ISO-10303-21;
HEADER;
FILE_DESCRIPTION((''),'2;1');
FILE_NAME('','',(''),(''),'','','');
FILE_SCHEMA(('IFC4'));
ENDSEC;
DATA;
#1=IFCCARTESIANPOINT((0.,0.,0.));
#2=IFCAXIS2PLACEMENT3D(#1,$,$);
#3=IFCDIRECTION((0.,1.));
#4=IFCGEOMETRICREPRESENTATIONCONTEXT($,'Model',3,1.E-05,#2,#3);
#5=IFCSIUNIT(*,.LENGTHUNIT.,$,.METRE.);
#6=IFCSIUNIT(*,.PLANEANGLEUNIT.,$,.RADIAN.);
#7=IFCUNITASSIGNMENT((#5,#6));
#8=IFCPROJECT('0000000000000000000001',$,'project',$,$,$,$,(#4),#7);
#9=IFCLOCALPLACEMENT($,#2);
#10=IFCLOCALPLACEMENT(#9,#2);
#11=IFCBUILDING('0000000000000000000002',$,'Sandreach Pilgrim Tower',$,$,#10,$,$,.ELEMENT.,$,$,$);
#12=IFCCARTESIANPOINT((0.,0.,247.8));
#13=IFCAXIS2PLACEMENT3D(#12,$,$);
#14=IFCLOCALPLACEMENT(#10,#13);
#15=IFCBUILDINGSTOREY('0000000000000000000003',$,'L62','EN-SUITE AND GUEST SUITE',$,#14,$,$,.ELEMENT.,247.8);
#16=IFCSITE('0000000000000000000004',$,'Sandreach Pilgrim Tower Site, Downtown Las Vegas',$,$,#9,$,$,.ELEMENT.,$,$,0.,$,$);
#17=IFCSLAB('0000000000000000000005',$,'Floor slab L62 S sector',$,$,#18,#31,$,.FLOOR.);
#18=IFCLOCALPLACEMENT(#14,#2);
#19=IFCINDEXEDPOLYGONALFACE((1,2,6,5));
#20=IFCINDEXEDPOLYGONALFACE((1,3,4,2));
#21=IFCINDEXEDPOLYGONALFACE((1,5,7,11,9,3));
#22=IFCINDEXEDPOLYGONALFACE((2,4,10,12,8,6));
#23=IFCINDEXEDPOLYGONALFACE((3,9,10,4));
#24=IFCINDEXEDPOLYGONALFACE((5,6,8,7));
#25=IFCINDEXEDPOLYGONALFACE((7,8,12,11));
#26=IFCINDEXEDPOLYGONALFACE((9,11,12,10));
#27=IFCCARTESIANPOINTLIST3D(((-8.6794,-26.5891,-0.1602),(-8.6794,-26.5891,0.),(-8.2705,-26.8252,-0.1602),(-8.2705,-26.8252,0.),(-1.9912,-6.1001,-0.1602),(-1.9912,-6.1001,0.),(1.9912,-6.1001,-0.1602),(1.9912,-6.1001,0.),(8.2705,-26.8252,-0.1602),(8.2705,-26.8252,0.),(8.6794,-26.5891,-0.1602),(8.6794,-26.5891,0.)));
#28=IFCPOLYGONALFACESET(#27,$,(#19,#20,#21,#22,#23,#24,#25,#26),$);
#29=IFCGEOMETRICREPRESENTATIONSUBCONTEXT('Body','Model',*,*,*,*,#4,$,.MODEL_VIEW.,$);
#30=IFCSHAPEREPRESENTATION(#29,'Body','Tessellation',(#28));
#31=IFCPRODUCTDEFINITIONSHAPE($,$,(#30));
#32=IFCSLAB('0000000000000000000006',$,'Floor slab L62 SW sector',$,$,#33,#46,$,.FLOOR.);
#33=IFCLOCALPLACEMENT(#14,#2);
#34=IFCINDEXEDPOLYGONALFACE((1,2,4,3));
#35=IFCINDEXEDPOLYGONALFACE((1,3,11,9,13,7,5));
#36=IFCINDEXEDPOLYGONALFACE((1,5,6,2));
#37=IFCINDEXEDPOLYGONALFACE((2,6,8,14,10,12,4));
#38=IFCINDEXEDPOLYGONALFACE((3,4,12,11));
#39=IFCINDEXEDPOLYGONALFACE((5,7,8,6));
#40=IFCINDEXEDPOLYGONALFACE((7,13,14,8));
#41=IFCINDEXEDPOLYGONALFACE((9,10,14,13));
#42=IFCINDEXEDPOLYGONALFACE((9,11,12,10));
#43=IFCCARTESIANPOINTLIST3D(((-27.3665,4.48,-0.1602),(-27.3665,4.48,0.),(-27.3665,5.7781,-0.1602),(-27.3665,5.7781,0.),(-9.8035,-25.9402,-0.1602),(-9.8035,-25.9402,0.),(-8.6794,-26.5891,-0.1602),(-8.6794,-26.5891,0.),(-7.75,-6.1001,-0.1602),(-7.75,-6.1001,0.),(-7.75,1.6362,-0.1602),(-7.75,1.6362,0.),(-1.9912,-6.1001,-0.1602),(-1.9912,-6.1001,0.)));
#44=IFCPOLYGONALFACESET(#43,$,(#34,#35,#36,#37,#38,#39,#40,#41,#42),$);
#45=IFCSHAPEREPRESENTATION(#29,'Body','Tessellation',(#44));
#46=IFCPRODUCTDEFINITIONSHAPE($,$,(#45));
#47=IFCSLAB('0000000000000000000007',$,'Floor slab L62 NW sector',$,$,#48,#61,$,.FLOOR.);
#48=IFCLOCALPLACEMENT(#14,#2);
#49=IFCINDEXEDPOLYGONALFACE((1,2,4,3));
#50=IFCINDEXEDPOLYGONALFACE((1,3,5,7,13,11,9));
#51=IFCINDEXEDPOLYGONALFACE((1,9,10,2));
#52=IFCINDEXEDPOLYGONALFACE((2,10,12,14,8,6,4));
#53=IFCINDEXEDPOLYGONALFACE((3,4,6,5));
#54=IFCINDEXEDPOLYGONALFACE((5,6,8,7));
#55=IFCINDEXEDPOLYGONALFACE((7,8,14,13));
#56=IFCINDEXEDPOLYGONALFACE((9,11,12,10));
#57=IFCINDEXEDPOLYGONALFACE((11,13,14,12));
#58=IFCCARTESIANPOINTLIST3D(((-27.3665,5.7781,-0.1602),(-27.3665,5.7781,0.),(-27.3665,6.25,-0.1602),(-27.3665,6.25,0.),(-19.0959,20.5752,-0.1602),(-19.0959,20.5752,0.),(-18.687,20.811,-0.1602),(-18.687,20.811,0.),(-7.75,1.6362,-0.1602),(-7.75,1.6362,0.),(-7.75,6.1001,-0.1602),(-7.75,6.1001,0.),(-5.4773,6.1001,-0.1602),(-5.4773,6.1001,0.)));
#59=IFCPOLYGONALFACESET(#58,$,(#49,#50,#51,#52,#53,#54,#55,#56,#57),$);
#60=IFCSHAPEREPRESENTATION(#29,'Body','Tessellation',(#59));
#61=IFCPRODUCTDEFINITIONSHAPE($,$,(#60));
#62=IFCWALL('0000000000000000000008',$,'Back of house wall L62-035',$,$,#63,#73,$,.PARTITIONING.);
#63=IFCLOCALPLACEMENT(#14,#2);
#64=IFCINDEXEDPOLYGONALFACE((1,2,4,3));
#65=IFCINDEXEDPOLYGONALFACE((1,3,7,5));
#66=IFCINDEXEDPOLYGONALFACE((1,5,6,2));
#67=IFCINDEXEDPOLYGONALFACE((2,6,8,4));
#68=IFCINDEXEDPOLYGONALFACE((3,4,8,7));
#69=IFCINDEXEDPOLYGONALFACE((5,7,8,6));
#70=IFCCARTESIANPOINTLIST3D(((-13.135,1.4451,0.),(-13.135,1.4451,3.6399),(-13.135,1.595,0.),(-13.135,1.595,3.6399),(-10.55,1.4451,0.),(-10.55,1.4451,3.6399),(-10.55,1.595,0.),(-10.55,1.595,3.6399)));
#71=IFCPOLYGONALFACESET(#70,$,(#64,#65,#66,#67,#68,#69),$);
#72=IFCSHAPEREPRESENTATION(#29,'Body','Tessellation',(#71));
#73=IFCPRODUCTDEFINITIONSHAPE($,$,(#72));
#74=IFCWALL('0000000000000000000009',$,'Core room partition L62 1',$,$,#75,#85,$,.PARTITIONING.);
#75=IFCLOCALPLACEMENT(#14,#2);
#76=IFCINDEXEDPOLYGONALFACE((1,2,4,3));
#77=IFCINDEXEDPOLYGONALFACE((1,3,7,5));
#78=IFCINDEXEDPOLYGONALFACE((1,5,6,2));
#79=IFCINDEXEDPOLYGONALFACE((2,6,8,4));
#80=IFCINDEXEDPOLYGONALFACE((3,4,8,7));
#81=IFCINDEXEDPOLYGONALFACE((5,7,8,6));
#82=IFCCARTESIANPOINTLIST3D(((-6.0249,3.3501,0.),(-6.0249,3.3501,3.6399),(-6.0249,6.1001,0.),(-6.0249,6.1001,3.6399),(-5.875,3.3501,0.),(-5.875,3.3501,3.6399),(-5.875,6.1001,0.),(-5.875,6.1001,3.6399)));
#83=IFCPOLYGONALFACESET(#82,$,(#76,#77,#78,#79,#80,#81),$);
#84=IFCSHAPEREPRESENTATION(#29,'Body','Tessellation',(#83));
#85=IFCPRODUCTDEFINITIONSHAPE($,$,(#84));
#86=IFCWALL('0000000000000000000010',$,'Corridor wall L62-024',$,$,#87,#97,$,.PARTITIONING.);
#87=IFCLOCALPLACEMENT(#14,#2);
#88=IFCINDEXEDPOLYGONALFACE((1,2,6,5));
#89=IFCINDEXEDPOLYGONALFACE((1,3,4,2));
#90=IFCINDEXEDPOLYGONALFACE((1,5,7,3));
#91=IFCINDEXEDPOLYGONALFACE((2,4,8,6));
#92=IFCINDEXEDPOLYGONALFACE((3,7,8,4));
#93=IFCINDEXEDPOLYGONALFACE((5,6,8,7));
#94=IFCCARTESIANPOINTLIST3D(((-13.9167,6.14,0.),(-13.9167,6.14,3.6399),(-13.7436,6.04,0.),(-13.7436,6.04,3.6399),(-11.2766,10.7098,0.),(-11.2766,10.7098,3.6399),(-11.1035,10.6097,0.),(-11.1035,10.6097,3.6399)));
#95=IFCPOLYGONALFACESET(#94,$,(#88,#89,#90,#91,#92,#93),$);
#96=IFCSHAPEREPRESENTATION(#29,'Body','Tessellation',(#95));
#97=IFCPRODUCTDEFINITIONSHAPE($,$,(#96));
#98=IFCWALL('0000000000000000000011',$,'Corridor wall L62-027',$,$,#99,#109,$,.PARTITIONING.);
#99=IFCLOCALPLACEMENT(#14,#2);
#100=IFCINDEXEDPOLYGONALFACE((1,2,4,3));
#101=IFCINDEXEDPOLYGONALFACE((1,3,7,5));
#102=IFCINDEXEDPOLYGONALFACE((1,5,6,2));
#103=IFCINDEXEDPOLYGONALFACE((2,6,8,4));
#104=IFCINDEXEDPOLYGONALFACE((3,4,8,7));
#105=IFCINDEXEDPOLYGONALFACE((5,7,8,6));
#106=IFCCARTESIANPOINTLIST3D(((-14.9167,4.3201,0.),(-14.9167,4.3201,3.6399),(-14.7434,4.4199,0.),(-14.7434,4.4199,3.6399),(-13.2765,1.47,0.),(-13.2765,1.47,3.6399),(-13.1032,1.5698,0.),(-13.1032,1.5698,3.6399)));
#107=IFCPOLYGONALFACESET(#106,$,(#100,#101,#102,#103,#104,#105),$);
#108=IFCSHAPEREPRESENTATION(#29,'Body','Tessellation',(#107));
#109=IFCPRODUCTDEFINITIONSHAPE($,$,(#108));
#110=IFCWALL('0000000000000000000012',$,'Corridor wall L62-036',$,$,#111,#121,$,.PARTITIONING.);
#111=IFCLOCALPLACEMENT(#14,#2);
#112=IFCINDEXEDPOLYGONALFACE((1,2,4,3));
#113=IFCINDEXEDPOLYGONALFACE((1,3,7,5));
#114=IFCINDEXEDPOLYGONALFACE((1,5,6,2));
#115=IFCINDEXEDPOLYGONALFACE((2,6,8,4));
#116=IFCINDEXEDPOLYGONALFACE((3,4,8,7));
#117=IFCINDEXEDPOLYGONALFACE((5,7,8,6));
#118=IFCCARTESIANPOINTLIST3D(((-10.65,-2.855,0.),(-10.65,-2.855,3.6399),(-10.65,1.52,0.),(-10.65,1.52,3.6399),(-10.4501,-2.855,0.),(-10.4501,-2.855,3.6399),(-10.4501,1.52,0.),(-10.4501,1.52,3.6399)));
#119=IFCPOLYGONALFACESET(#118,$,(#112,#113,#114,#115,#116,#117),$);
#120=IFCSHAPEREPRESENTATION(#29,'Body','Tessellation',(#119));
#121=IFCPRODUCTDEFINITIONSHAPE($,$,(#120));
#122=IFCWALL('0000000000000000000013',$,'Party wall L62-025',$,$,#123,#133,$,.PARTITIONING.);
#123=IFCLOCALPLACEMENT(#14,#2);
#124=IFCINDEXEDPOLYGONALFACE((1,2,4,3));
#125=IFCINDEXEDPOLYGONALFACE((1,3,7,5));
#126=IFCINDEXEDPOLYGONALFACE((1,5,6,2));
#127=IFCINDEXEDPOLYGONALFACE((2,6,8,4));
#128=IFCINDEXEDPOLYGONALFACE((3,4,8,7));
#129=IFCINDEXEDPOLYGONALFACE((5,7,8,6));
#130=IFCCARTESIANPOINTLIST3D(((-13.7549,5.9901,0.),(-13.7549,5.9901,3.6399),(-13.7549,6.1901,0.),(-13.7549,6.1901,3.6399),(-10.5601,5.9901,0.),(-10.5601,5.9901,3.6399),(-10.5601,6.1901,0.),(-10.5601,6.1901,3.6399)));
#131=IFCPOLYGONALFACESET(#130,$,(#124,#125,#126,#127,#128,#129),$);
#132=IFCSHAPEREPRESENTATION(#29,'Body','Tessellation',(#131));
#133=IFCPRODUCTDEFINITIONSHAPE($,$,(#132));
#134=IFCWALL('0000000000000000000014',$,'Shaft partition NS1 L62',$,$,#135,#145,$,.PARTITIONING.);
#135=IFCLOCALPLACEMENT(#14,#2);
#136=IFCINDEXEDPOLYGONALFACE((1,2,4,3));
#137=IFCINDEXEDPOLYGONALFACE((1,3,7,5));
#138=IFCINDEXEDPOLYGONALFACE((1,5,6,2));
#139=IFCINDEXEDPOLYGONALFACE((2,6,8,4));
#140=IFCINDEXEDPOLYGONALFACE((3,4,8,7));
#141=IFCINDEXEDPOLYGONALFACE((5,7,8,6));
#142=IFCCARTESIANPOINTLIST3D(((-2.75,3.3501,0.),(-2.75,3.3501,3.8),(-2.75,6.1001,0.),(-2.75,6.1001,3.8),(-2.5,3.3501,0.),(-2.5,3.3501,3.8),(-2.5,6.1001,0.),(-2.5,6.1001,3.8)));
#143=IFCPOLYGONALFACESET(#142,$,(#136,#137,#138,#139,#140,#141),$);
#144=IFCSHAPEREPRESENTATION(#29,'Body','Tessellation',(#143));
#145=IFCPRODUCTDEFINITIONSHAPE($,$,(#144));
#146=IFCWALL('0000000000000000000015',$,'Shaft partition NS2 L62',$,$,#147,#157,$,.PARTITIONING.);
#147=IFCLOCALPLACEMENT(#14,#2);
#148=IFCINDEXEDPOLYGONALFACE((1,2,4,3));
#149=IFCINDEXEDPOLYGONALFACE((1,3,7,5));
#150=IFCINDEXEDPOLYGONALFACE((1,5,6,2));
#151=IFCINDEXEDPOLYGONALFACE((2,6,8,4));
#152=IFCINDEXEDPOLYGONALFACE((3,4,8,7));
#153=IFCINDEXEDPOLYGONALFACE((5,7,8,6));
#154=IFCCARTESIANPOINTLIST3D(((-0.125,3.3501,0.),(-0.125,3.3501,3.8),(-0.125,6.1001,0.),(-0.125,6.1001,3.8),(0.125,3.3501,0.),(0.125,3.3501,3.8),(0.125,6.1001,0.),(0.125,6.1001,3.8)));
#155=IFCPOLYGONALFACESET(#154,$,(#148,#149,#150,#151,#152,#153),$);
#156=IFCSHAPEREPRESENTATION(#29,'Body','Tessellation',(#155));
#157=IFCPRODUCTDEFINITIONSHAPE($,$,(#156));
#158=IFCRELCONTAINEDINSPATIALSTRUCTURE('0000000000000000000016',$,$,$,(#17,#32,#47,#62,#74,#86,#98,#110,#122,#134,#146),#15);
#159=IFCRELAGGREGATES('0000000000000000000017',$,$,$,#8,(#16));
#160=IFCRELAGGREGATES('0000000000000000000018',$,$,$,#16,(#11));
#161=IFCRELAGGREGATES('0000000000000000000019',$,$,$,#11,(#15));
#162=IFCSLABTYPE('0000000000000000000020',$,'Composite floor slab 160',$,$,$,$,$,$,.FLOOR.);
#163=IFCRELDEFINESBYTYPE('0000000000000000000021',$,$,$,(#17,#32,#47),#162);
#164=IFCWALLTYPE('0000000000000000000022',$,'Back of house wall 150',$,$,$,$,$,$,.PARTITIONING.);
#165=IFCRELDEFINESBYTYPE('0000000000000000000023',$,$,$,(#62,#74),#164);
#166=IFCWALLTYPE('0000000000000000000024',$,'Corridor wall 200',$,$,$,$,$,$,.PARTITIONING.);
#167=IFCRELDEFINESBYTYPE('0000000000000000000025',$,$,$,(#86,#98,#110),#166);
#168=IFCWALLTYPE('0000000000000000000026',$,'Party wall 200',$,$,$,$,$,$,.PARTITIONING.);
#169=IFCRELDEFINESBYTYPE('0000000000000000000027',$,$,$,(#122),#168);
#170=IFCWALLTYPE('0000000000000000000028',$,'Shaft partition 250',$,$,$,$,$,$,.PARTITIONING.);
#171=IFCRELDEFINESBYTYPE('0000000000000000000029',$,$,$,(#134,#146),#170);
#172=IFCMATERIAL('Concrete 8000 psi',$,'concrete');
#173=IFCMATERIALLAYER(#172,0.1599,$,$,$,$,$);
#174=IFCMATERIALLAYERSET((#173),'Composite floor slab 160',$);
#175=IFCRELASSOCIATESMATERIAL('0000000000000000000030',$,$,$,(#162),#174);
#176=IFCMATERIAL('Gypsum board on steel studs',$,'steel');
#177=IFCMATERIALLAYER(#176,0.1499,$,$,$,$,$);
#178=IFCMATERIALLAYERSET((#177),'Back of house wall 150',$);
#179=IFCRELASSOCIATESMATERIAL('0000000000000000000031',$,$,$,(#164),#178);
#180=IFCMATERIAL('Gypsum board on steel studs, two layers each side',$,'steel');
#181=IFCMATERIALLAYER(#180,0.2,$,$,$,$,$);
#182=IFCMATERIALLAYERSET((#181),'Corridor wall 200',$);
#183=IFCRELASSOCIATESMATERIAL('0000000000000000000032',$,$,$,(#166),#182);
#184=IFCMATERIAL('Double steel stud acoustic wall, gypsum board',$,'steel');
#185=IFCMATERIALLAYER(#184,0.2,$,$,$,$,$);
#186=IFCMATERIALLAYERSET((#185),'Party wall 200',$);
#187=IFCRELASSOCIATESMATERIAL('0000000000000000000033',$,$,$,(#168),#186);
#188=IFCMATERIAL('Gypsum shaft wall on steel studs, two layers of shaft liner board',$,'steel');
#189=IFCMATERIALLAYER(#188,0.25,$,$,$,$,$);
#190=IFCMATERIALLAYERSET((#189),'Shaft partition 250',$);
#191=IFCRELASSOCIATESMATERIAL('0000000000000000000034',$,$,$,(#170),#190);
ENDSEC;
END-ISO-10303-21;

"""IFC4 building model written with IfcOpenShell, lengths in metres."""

from ifc_helpers import new_model, si_unit, direction, frame, frame_2d, origin, place, context, subcontext, project, spatial, polyline, rectangle, outline, extrude, material, layer, layer_set, type_object, element, save


model = new_model("IFC4")

# Units and contexts
model_context = context("Model", 3, precision=1e-05, world=origin(), true_north=direction((0.0, 1.0)))
body_context = subcontext(model_context, "Body", "Model", "MODEL_VIEW")
ifc_project = project(units=[si_unit("LENGTHUNIT", "METRE"), si_unit("PLANEANGLEUNIT", "RADIAN")], contexts=[model_context])

# Site, building, storey
site_placement = place(None, origin())
site = spatial("IfcSite", under=ifc_project, at=site_placement, Name="Sandreach Pilgrim Tower Site, Downtown Las Vegas", CompositionType="ELEMENT", RefElevation=0.0)
building_placement = place(site_placement, origin())
building = spatial("IfcBuilding", under=site, at=building_placement, Name="Sandreach Pilgrim Tower", CompositionType="ELEMENT")
storey_placement = place(building_placement, frame((0.0, 0.0, 247.8)))
storey = spatial("IfcBuildingStorey", under=building, at=storey_placement, Name="L62", Description="EN-SUITE AND GUEST SUITE", CompositionType="ELEMENT", Elevation=247.8)

# Slabs
ifc_material_1 = material(Name="Concrete 8000 psi", Category="concrete")
ifc_layer_1 = layer(ifc_material_1, 0.1599)
ifc_layer_set_1 = layer_set([ifc_layer_1], Name="Composite floor slab 160")
slab_type = type_object("IfcSlabType", Name="Composite floor slab 160", PredefinedType="FLOOR", material=ifc_layer_set_1)
slab_1_placement = place(storey_placement, frame((0.0, 0.0, -0.1602)))
element("IfcSlab", 1, at=slab_1_placement, inside=storey, type_object=slab_type, Name="Floor slab L62 S sector", PredefinedType="FLOOR", context=body_context, shape_type="SweptSolid", body=[
    extrude(outline(polyline([(8.2705, -26.8252), (-8.2705, -26.8252), (-8.6794, -26.5891), (-1.9912, -6.1001), (1.9912, -6.1001), (8.6794, -26.5891), (8.2705, -26.8252)])), origin(), (0.0, 0.0, 1.0), 0.1602),
])
slab_2_placement = place(storey_placement, frame((0.0, 0.0, -0.1602)))
element("IfcSlab", 2, at=slab_2_placement, inside=storey, type_object=slab_type, Name="Floor slab L62 SW sector", PredefinedType="FLOOR", context=body_context, shape_type="SweptSolid", body=[
    extrude(outline(polyline([(-9.8035, -25.9402), (-27.3665, 4.48), (-27.3665, 5.7781), (-7.75, 1.6362), (-7.75, -6.1001), (-1.9912, -6.1001), (-8.6794, -26.5891), (-9.8035, -25.9402)])), origin(), (0.0, 0.0, 1.0), 0.1602),
])
slab_3_placement = place(storey_placement, frame((0.0, 0.0, -0.1602)))
element("IfcSlab", 3, at=slab_3_placement, inside=storey, type_object=slab_type, Name="Floor slab L62 NW sector", PredefinedType="FLOOR", context=body_context, shape_type="SweptSolid", body=[
    extrude(outline(polyline([(-27.3665, 6.25), (-19.0959, 20.5752), (-18.687, 20.811), (-5.4773, 6.1001), (-7.75, 6.1001), (-7.75, 1.6362), (-27.3665, 5.7781), (-27.3665, 6.25)])), origin(), (0.0, 0.0, 1.0), 0.1602),
])

# Walls
ifc_material_2 = material(Name="Gypsum board on steel studs", Category="steel")
ifc_layer_2 = layer(ifc_material_2, 0.1499)
ifc_layer_set_2 = layer_set([ifc_layer_2], Name="Back of house wall 150")
wall_type_1 = type_object("IfcWallType", Name="Back of house wall 150", PredefinedType="PARTITIONING", material=ifc_layer_set_2)
wall_1_placement = place(storey_placement, frame((-10.55, 1.52, 0.0), z_axis=(0.0, 0.0, 1.0), x_axis=(-1.0, 0.0, 0.0)))
element("IfcWall", 4, at=wall_1_placement, inside=storey, type_object=wall_type_1, Name="Back of house wall L62-035", PredefinedType="PARTITIONING", context=body_context, shape_type="SweptSolid", body=[
    extrude(rectangle(XDim=2.585, YDim=0.1499, at=frame_2d((1.2925, 0.0))), origin(), (0.0, 0.0, 1.0), 3.6399),
])
wall_2_placement = place(storey_placement, frame((-5.95, 3.3501, 0.0), z_axis=(0.0, 0.0, 1.0), x_axis=(0.0, 1.0, 0.0)))
element("IfcWall", 5, at=wall_2_placement, inside=storey, type_object=wall_type_1, Name="Core room partition L62 1", PredefinedType="PARTITIONING", context=body_context, shape_type="SweptSolid", body=[
    extrude(rectangle(XDim=2.75, YDim=0.1499, at=frame_2d((1.375, 0.0))), origin(), (0.0, 0.0, 1.0), 3.6399),
])

# Walls
ifc_material_3 = material(Name="Gypsum board on steel studs, two layers each side", Category="steel")
ifc_layer_3 = layer(ifc_material_3, 0.2)
ifc_layer_set_3 = layer_set([ifc_layer_3], Name="Corridor wall 200")
wall_type_2 = type_object("IfcWallType", Name="Corridor wall 200", PredefinedType="PARTITIONING", material=ifc_layer_set_3)
wall_3_placement = place(storey_placement, frame((-13.8301, 6.0901, 0.0), z_axis=(0.0, 0.0, 1.0), x_axis=(0.500248, 0.865882, 0.0)))
element("IfcWall", 6, at=wall_3_placement, inside=storey, type_object=wall_type_2, Name="Corridor wall L62-024", PredefinedType="PARTITIONING", context=body_context, shape_type="SweptSolid", body=[
    extrude(rectangle(XDim=5.2776, YDim=0.2, at=frame_2d((2.6387, 0.0))), origin(), (0.0, 0.0, 1.0), 3.6399),
])
wall_4_placement = place(storey_placement, frame((-13.1899, 1.52, 0.0), z_axis=(0.0, 0.0, 1.0), x_axis=(-0.498775, 0.866731, 0.0)))
element("IfcWall", 7, at=wall_4_placement, inside=storey, type_object=wall_type_2, Name="Corridor wall L62-027", PredefinedType="PARTITIONING", context=body_context, shape_type="SweptSolid", body=[
    extrude(rectangle(XDim=3.2883, YDim=0.2, at=frame_2d((1.644, 0.0))), origin(), (0.0, 0.0, 1.0), 3.6399),
])
wall_5_placement = place(storey_placement, frame((-10.55, 1.52, 0.0), z_axis=(0.0, 0.0, 1.0), x_axis=(0.0, -1.0, 0.0)))
element("IfcWall", 8, at=wall_5_placement, inside=storey, type_object=wall_type_2, Name="Corridor wall L62-036", PredefinedType="PARTITIONING", context=body_context, shape_type="SweptSolid", body=[
    extrude(rectangle(XDim=4.375, YDim=0.2, at=frame_2d((2.1875, 0.0))), origin(), (0.0, 0.0, 1.0), 3.6399),
])

# Walls
ifc_material_4 = material(Name="Double steel stud acoustic wall, gypsum board", Category="steel")
ifc_layer_4 = layer(ifc_material_4, 0.2)
ifc_layer_set_4 = layer_set([ifc_layer_4], Name="Party wall 200")
wall_type_3 = type_object("IfcWallType", Name="Party wall 200", PredefinedType="PARTITIONING", material=ifc_layer_set_4)
wall_6_placement = place(storey_placement, frame((-13.7549, 6.0901, 0.0), z_axis=(0.0, 0.0, 1.0), x_axis=(1.0, 0.0, 0.0)))
element("IfcWall", 9, at=wall_6_placement, inside=storey, type_object=wall_type_3, Name="Party wall L62-025", PredefinedType="PARTITIONING", context=body_context, shape_type="SweptSolid", body=[
    extrude(rectangle(XDim=3.1948, YDim=0.2, at=frame_2d((1.5974, 0.0))), origin(), (0.0, 0.0, 1.0), 3.6399),
])
ifc_material_5 = material(Name="Gypsum shaft wall on steel studs, two layers of shaft liner board", Category="steel")
ifc_layer_5 = layer(ifc_material_5, 0.25)
ifc_layer_set_5 = layer_set([ifc_layer_5], Name="Shaft partition 250")
wall_type_4 = type_object("IfcWallType", Name="Shaft partition 250", PredefinedType="PARTITIONING", material=ifc_layer_set_5)
for number, where, z_axis, x_axis, name in (
    (10, (-2.625, 3.3501, 0.0), (0.0, 0.0, 1.0), (0.0, 1.0, 0.0), "Shaft partition NS1 L62"),
    (11, (0.0, 3.3501, 0.0), (0.0, 0.0, 1.0), (0.0, 1.0, 0.0), "Shaft partition NS2 L62"),
):
    element("IfcWall", number, at=place(storey_placement, frame(where, z_axis=z_axis, x_axis=x_axis)), inside=storey, type_object=wall_type_4, Name=name, PredefinedType="PARTITIONING", context=body_context, shape_type="SweptSolid", body=[
        extrude(rectangle(XDim=2.75, YDim=0.25, at=frame_2d((1.375, 0.0))), origin(), (0.0, 0.0, 1.0), 3.8),
    ])

save(model, "model.ifc")
